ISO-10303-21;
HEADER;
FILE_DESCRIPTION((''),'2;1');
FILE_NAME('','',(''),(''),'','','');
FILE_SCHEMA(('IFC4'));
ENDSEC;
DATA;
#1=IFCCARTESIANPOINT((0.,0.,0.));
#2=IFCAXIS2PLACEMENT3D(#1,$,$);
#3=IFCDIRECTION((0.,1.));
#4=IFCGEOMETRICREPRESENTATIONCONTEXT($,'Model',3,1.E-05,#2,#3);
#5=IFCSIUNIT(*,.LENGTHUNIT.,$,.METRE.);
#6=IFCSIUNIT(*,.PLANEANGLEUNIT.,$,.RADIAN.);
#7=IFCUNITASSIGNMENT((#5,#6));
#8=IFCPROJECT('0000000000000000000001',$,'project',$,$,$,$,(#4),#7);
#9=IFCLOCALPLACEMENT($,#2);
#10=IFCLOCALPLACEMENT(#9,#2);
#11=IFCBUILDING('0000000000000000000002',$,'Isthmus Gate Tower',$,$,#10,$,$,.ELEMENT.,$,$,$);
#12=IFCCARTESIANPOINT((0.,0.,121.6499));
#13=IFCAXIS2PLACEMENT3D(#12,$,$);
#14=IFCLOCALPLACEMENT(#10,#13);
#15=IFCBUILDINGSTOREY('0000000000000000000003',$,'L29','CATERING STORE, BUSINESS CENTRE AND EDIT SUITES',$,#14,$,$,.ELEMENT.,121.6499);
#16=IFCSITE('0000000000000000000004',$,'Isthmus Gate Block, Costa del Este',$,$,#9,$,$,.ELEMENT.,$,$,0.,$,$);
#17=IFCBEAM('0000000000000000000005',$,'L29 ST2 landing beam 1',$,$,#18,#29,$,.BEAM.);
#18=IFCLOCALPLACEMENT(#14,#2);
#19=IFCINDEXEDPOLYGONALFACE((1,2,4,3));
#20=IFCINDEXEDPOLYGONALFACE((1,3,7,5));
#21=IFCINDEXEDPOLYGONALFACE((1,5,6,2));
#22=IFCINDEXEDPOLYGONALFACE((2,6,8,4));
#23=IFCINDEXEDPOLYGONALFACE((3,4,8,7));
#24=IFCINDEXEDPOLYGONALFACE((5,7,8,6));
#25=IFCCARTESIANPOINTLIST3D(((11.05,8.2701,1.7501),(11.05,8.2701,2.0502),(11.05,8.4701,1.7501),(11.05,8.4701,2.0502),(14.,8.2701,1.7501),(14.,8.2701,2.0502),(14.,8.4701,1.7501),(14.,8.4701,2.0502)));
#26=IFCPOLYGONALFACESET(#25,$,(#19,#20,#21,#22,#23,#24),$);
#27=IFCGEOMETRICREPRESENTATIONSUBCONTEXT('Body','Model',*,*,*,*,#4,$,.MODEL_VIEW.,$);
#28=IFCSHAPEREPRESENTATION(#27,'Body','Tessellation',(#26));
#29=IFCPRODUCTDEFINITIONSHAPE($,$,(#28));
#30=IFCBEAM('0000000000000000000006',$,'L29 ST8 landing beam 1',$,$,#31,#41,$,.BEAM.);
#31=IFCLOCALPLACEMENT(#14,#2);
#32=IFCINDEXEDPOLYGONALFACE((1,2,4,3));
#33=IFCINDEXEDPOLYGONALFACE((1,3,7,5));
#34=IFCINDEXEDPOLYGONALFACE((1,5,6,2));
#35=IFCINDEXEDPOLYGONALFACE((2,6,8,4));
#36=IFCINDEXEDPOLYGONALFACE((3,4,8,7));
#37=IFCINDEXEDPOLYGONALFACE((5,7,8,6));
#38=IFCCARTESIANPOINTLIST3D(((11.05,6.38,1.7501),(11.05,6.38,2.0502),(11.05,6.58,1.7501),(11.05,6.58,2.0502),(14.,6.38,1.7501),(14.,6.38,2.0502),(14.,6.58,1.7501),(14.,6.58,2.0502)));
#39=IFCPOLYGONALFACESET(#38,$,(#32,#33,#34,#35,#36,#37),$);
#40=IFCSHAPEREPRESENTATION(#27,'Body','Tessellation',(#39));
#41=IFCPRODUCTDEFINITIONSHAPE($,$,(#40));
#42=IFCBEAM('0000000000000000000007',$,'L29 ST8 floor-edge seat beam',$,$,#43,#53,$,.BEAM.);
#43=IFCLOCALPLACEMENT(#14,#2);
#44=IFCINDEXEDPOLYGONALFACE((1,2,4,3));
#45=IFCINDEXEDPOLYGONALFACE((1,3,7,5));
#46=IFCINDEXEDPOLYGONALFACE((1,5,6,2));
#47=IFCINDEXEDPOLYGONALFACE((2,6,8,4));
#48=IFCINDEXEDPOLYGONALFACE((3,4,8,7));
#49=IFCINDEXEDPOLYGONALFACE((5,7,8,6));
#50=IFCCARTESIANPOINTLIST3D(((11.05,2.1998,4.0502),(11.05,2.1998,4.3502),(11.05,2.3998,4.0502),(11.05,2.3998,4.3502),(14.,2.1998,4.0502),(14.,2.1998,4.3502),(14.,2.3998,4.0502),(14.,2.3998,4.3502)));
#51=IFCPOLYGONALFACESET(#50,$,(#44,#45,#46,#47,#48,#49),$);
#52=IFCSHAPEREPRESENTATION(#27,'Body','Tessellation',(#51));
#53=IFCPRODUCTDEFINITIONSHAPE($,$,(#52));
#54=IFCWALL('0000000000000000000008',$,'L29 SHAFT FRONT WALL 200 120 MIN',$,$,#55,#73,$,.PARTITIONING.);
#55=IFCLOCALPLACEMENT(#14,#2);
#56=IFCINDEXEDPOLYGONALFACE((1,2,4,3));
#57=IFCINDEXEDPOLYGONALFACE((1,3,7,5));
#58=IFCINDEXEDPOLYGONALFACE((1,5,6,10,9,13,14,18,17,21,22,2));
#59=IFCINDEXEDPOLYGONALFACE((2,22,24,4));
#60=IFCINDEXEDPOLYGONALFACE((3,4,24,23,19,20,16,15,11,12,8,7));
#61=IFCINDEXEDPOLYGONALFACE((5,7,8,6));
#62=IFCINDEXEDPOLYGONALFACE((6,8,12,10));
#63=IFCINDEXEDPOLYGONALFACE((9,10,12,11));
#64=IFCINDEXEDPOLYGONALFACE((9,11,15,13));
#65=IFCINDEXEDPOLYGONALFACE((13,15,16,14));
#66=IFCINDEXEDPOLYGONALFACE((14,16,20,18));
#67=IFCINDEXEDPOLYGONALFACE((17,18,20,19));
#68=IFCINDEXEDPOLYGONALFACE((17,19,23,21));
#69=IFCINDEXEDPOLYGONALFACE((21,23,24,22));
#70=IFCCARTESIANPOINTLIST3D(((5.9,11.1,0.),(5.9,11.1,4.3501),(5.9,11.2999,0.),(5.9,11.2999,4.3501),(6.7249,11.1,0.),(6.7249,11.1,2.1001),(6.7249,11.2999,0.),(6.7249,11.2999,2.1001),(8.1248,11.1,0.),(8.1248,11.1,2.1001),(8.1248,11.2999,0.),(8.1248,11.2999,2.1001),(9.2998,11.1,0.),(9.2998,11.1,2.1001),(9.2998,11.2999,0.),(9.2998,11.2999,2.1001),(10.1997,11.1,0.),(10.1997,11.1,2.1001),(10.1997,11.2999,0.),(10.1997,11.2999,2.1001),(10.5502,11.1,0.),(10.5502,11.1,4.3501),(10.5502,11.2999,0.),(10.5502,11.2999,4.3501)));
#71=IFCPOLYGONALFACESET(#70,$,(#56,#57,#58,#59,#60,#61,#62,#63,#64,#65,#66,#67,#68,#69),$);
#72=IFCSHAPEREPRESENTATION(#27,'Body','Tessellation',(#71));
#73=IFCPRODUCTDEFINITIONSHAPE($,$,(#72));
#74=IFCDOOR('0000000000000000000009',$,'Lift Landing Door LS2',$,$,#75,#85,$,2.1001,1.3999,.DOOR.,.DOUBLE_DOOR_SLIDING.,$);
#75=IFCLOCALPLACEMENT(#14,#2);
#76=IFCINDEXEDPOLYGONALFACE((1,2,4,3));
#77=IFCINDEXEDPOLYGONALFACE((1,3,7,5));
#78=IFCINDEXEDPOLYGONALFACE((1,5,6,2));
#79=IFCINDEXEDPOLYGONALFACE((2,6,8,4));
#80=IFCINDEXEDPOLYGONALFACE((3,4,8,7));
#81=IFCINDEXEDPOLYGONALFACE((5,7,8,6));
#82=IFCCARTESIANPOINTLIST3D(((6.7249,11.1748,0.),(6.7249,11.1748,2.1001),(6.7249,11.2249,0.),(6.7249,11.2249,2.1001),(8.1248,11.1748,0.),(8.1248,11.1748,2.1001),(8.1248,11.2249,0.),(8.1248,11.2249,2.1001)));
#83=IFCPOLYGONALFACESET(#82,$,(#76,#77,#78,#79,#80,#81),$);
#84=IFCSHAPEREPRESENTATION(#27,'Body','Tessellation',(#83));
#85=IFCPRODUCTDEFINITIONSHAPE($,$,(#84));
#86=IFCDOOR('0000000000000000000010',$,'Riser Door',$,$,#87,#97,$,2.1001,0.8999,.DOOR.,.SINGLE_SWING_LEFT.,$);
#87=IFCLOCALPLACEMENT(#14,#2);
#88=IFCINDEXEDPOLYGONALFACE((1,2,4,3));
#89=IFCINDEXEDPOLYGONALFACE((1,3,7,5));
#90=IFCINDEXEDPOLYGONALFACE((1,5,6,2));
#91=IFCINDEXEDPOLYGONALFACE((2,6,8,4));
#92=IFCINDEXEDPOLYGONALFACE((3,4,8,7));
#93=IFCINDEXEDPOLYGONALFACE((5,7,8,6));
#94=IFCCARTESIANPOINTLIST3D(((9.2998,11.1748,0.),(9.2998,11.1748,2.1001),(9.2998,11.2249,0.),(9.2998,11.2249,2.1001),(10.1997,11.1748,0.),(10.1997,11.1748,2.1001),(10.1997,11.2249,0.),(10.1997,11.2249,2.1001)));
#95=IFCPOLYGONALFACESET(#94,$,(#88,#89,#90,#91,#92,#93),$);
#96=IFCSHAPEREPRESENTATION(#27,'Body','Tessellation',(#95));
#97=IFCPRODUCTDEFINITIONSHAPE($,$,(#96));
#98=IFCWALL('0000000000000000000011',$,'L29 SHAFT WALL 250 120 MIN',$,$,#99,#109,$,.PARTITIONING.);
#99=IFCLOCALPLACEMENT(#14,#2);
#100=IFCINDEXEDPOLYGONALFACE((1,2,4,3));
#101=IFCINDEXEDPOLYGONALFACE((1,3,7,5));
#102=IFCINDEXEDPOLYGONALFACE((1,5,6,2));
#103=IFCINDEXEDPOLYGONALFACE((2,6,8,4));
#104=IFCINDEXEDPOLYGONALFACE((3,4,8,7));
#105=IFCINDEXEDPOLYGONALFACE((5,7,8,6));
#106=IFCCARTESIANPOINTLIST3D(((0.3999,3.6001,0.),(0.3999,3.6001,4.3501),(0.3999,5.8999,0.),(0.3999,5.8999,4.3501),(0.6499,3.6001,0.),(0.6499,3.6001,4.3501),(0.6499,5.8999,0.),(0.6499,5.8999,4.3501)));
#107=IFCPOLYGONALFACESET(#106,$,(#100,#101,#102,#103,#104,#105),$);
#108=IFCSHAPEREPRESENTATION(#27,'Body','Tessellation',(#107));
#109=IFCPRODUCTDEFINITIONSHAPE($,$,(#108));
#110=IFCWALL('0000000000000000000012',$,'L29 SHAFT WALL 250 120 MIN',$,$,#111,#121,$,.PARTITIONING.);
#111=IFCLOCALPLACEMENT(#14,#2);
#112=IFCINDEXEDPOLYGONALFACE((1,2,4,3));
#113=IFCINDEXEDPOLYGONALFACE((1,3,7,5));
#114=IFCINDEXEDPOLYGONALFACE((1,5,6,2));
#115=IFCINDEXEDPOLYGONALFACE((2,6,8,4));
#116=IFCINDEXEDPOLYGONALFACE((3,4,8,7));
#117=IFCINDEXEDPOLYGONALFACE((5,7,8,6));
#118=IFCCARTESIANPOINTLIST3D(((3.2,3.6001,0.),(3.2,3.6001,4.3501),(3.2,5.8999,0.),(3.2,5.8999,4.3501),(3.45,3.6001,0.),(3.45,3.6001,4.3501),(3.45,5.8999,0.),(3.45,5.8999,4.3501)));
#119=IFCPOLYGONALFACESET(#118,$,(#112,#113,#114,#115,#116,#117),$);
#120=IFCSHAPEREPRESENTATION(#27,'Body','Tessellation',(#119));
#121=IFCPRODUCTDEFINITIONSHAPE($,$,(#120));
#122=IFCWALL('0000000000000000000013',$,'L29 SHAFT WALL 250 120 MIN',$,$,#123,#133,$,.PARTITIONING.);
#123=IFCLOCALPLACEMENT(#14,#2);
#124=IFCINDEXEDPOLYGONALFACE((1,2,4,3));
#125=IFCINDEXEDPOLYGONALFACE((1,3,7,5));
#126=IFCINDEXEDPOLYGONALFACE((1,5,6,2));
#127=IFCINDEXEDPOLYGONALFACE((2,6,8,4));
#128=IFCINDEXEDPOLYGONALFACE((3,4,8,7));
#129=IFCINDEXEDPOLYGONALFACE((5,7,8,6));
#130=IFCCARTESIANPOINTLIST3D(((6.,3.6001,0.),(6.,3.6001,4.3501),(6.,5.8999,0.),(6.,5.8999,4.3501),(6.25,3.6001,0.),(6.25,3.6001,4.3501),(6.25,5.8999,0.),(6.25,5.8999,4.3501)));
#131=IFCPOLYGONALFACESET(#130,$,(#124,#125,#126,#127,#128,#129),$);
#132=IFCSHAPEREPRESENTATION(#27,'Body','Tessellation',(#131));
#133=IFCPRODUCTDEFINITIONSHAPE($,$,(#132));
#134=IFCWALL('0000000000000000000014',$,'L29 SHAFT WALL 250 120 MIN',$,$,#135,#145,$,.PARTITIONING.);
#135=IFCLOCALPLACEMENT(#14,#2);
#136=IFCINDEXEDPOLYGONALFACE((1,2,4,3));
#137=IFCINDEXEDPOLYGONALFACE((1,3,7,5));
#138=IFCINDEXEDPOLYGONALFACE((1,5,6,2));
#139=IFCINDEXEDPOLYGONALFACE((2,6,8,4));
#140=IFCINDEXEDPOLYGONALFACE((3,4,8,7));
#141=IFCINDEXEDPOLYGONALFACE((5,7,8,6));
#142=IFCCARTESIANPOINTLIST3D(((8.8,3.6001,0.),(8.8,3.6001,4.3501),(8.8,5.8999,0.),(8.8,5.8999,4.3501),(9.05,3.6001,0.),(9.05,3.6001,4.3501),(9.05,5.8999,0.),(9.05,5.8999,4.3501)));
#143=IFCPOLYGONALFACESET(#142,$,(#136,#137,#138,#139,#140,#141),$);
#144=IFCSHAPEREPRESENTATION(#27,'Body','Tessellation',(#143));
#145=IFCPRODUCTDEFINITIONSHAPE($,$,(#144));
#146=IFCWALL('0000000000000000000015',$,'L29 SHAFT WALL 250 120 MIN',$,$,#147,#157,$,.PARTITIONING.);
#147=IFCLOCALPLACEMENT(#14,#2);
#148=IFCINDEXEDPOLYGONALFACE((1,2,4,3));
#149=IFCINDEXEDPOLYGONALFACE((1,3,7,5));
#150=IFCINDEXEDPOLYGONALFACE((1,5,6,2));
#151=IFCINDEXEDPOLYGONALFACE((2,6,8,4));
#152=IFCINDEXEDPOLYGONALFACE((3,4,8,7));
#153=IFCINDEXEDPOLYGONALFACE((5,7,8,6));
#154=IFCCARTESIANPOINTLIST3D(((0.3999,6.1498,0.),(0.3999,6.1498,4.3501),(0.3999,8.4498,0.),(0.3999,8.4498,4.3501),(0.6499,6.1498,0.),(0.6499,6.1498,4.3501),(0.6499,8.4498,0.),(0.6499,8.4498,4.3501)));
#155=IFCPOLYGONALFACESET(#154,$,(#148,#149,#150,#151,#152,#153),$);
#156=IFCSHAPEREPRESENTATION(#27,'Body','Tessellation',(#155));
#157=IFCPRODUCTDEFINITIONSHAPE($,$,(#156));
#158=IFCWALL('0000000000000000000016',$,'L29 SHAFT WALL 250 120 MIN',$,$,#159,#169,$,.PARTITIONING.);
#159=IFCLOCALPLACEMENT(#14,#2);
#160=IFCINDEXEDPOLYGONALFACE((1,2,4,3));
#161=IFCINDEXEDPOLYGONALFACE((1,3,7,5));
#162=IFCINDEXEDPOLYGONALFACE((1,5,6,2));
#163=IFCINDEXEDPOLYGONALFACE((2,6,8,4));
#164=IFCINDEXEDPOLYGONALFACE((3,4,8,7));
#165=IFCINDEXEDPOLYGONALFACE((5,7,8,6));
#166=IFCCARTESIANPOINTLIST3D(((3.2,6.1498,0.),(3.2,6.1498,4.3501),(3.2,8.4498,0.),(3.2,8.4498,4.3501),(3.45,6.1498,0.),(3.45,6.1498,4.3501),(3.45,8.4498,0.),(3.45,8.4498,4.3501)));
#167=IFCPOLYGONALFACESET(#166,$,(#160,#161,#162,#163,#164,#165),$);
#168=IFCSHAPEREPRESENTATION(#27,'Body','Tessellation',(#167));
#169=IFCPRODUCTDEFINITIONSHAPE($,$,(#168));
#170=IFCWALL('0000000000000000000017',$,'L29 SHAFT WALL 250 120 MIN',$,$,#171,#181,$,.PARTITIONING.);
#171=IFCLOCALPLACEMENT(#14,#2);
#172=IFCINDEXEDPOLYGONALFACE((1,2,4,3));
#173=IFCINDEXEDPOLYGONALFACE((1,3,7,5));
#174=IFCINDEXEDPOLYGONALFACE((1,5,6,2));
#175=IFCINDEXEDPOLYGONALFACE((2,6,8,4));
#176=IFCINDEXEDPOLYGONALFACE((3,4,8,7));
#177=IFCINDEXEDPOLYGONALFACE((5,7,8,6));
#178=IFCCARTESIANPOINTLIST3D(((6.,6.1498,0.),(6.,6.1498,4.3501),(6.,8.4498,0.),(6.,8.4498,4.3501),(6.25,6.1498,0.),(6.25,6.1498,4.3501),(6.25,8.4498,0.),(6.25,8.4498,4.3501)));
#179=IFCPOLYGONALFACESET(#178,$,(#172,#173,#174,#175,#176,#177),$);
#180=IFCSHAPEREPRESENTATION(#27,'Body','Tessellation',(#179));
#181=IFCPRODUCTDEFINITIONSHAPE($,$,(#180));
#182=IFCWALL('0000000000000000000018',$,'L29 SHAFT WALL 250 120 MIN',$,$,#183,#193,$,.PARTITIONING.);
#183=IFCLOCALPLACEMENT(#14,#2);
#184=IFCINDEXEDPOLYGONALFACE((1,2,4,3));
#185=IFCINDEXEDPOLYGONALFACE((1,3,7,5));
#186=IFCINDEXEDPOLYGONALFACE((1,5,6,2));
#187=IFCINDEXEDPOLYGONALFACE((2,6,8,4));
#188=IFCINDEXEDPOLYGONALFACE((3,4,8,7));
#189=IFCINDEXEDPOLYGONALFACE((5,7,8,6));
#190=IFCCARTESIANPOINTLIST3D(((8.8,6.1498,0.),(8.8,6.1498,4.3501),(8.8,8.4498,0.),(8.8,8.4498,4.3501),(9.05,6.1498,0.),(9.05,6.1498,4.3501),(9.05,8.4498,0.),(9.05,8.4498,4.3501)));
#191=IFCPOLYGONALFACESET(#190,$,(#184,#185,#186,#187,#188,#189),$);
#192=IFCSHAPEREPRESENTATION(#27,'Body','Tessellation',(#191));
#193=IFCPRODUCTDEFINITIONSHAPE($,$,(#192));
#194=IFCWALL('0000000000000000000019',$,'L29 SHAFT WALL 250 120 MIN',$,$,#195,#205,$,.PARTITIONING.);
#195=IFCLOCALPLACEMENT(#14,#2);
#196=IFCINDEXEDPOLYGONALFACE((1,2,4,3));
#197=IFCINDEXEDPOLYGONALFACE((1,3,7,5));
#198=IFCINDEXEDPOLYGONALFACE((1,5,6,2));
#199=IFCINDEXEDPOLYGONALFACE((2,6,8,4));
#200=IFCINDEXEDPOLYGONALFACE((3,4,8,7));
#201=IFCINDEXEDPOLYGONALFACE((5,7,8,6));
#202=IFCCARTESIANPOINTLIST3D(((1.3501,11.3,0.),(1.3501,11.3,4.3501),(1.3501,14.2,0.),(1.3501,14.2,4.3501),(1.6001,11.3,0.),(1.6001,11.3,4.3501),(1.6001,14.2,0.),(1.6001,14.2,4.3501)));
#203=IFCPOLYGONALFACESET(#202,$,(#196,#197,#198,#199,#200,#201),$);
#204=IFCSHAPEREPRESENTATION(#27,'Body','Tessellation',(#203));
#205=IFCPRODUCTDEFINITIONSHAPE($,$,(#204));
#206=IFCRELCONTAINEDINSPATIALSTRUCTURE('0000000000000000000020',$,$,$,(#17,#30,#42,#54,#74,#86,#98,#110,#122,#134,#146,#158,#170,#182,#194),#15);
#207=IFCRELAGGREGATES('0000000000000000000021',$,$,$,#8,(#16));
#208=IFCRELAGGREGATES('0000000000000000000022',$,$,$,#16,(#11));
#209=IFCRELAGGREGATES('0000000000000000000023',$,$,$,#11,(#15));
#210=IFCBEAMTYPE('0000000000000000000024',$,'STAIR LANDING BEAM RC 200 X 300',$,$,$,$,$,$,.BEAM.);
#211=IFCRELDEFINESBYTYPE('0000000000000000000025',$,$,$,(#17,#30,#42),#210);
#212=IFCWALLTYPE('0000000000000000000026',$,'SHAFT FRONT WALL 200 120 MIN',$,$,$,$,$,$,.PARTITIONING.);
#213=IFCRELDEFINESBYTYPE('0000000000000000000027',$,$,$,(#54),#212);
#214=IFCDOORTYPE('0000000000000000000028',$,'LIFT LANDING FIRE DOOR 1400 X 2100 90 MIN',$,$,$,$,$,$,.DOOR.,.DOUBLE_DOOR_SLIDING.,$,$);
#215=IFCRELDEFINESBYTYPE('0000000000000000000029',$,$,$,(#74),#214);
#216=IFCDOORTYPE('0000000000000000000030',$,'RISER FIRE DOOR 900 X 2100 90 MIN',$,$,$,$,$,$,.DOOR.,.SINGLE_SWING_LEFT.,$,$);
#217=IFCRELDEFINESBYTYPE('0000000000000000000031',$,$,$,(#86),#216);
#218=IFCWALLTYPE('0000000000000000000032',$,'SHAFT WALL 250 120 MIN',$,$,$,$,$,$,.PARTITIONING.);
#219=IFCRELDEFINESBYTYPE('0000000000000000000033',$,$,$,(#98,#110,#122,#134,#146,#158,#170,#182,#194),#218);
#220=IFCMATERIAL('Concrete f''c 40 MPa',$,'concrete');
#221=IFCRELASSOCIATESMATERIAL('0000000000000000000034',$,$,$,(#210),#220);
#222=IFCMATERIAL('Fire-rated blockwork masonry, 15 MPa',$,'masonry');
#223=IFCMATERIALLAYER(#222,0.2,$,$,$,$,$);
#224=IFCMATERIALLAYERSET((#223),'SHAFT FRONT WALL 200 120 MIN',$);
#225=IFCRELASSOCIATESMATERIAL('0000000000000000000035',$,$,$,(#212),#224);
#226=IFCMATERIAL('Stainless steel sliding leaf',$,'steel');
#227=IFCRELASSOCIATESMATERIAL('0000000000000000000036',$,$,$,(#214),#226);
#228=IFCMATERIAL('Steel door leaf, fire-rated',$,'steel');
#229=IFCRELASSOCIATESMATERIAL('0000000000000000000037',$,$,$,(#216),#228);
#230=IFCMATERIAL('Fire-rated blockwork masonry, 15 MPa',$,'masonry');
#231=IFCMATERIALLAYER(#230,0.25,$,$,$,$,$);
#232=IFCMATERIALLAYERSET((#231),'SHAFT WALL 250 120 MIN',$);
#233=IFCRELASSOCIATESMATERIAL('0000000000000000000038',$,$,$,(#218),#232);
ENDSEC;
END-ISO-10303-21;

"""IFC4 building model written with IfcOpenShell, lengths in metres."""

from ifc_helpers import new_model, si_unit, direction, frame, frame_2d, origin, origin_2d, place, context, subcontext, project, spatial, rectangle, extrude, material, layer, layer_set, material_profile, profile_set, type_object, element, fill, save


model = new_model("IFC4")

# Units and contexts
model_context = context("Model", 3, precision=1e-05, world=origin(), true_north=direction((0.0, 1.0)))
body_context = subcontext(model_context, "Body", "Model", "MODEL_VIEW")
ifc_project = project(units=[si_unit("LENGTHUNIT", "METRE"), si_unit("PLANEANGLEUNIT", "RADIAN")], contexts=[model_context])

# Site, building, storey
site_placement = place(None, origin())
site = spatial("IfcSite", under=ifc_project, at=site_placement, Name="Isthmus Gate Block, Costa del Este", CompositionType="ELEMENT", RefElevation=0.0)
building_placement = place(site_placement, origin())
building = spatial("IfcBuilding", under=site, at=building_placement, Name="Isthmus Gate Tower", CompositionType="ELEMENT")
storey_placement = place(building_placement, frame((0.0, 0.0, 121.6499)))
storey = spatial("IfcBuildingStorey", under=building, at=storey_placement, Name="L29", Description="CATERING STORE, BUSINESS CENTRE AND EDIT SUITES", CompositionType="ELEMENT", Elevation=121.6499)

# Beams
ifc_material_1 = material(Name="Concrete f'c 40 MPa", Category="concrete")
ifc_material_profile = material_profile(ifc_material_1, rectangle(XDim=0.2, YDim=0.3, at=origin_2d()), Name="STAIR LANDING BEAM RC 200 X 300")
ifc_profile_set = profile_set([ifc_material_profile], Name="Concrete f'c 40 MPa")
beam_type = type_object("IfcBeamType", Name="STAIR LANDING BEAM RC 200 X 300", PredefinedType="BEAM", material=ifc_profile_set)
for number, where, z_axis, x_axis, name in (
    (1, (11.05, 8.3701, 1.9001), (1.0, 0.0, 0.0), (0.0, 1.0, 0.0), "L29 ST2 landing beam 1"),
    (2, (11.05, 6.48, 1.9001), (1.0, 0.0, 0.0), (0.0, 1.0, 0.0), "L29 ST8 landing beam 1"),
    (3, (11.05, 2.2998, 4.2002), (1.0, 0.0, 0.0), (0.0, 1.0, 0.0), "L29 ST8 floor-edge seat beam"),
):
    element("IfcBeam", number, at=place(storey_placement, frame(where, z_axis=z_axis, x_axis=x_axis)), inside=storey, type_object=beam_type, Name=name, PredefinedType="BEAM", context=body_context, shape_type="SweptSolid", body=[
        extrude(rectangle(XDim=0.2, YDim=0.3, at=origin_2d()), origin(), (0.0, 0.0, 1.0), 2.95),
    ])

# Wall, openings, doors
ifc_material_2 = material(Name="Fire-rated blockwork masonry, 15 MPa", Category="masonry")
ifc_layer_1 = layer(ifc_material_2, 0.2)
ifc_layer_set_1 = layer_set([ifc_layer_1], Name="SHAFT FRONT WALL 200 120 MIN")
wall_type_1 = type_object("IfcWallType", Name="SHAFT FRONT WALL 200 120 MIN", PredefinedType="PARTITIONING", material=ifc_layer_set_1)
wall_1_placement = place(storey_placement, frame((5.8999, 11.2, 0.0), z_axis=(0.0, 0.0, 1.0), x_axis=(1.0, 0.0, 0.0)))
wall_1 = element("IfcWall", 4, at=wall_1_placement, inside=storey, type_object=wall_type_1, Name="L29 SHAFT FRONT WALL 200 120 MIN", PredefinedType="PARTITIONING", context=body_context, shape_type="SweptSolid", body=[
    extrude(rectangle(XDim=4.6501, YDim=0.2, at=frame_2d((2.3252, 0.0))), origin(), (0.0, 0.0, 1.0), 4.3501),
])
opening_1_placement = place(wall_1_placement, frame((0.825, 0.0, 0.0)))
opening_1 = element("IfcOpeningElement", 5, at=opening_1_placement, cuts=wall_1, PredefinedType="OPENING", context=body_context, shape_type="SweptSolid", body=[
    extrude(rectangle(XDim=1.3999, YDim=2.1001, at=frame_2d((0.7, 1.05))), frame((0.0, 0.1099, 0.0), z_axis=(0.0, -1.0, 0.0), x_axis=(1.0, 0.0, 0.0)), (0.0, 0.0, 1.0), 0.22),
])
opening_2_placement = place(wall_1_placement, frame((3.3999, 0.0, 0.0)))
opening_2 = element("IfcOpeningElement", 6, at=opening_2_placement, cuts=wall_1, PredefinedType="OPENING", context=body_context, shape_type="SweptSolid", body=[
    extrude(rectangle(XDim=0.8999, YDim=2.1001, at=frame_2d((0.45, 1.05))), frame((0.0, 0.1099, 0.0), z_axis=(0.0, -1.0, 0.0), x_axis=(1.0, 0.0, 0.0)), (0.0, 0.0, 1.0), 0.22),
])
ifc_material_3 = material(Name="Stainless steel sliding leaf", Category="steel")
door_type_1 = type_object("IfcDoorType", Name="LIFT LANDING FIRE DOOR 1400 X 2100 90 MIN", OperationType="DOUBLE_DOOR_SLIDING", PredefinedType="DOOR", material=ifc_material_3)
door_1_placement = place(opening_1_placement, origin())
door_1 = element("IfcDoor", 7, at=door_1_placement, inside=storey, type_object=door_type_1, Name="Lift Landing Door LS2", OperationType="DOUBLE_DOOR_SLIDING", OverallHeight=2.1001, OverallWidth=1.3999, PredefinedType="DOOR", context=body_context, shape_type="SweptSolid", body=[
    extrude(rectangle(XDim=1.3999, YDim=2.1001, at=frame_2d((0.7, 1.05))), frame((0.0, 0.0249, 0.0), z_axis=(0.0, -1.0, 0.0), x_axis=(1.0, 0.0, 0.0)), (0.0, 0.0, 1.0), 0.05),
])
fill(opening_1, door_1)
ifc_material_4 = material(Name="Steel door leaf, fire-rated", Category="steel")
door_type_2 = type_object("IfcDoorType", Name="RISER FIRE DOOR 900 X 2100 90 MIN", OperationType="SINGLE_SWING_LEFT", PredefinedType="DOOR", material=ifc_material_4)
door_2_placement = place(opening_2_placement, origin())
door_2 = element("IfcDoor", 8, at=door_2_placement, inside=storey, type_object=door_type_2, Name="Riser Door", OperationType="SINGLE_SWING_LEFT", OverallHeight=2.1001, OverallWidth=0.8999, PredefinedType="DOOR", context=body_context, shape_type="SweptSolid", body=[
    extrude(rectangle(XDim=0.8999, YDim=2.1001, at=frame_2d((0.45, 1.05))), frame((0.0, 0.0249, 0.0), z_axis=(0.0, -1.0, 0.0), x_axis=(1.0, 0.0, 0.0)), (0.0, 0.0, 1.0), 0.05),
])
fill(opening_2, door_2)

# Walls
ifc_material_5 = material(Name="Fire-rated blockwork masonry, 15 MPa", Category="masonry")
ifc_layer_2 = layer(ifc_material_5, 0.25)
ifc_layer_set_2 = layer_set([ifc_layer_2], Name="SHAFT WALL 250 120 MIN")
wall_type_2 = type_object("IfcWallType", Name="SHAFT WALL 250 120 MIN", PredefinedType="PARTITIONING", material=ifc_layer_set_2)
for number, where, z_axis, x_axis, name in (
    (9, (0.5249, 3.6001, 0.0), (0.0, 0.0, 1.0), (0.0, 1.0, 0.0), "L29 SHAFT WALL 250 120 MIN"),
    (10, (3.325, 3.6001, 0.0), (0.0, 0.0, 1.0), (0.0, 1.0, 0.0), "L29 SHAFT WALL 250 120 MIN"),
    (11, (6.125, 3.6001, 0.0), (0.0, 0.0, 1.0), (0.0, 1.0, 0.0), "L29 SHAFT WALL 250 120 MIN"),
    (12, (8.925, 3.6001, 0.0), (0.0, 0.0, 1.0), (0.0, 1.0, 0.0), "L29 SHAFT WALL 250 120 MIN"),
):
    element("IfcWall", number, at=place(storey_placement, frame(where, z_axis=z_axis, x_axis=x_axis)), inside=storey, type_object=wall_type_2, Name=name, PredefinedType="PARTITIONING", context=body_context, shape_type="SweptSolid", body=[
        extrude(rectangle(XDim=2.2998, YDim=0.25, at=frame_2d((1.1499, 0.0))), origin(), (0.0, 0.0, 1.0), 4.3501),
    ])
for number, where, z_axis, x_axis, name in (
    (13, (0.5249, 6.1499, 0.0), (0.0, 0.0, 1.0), (0.0, 1.0, 0.0), "L29 SHAFT WALL 250 120 MIN"),
    (14, (3.325, 6.1499, 0.0), (0.0, 0.0, 1.0), (0.0, 1.0, 0.0), "L29 SHAFT WALL 250 120 MIN"),
    (15, (6.125, 6.1499, 0.0), (0.0, 0.0, 1.0), (0.0, 1.0, 0.0), "L29 SHAFT WALL 250 120 MIN"),
    (16, (8.925, 6.1499, 0.0), (0.0, 0.0, 1.0), (0.0, 1.0, 0.0), "L29 SHAFT WALL 250 120 MIN"),
):
    element("IfcWall", number, at=place(storey_placement, frame(where, z_axis=z_axis, x_axis=x_axis)), inside=storey, type_object=wall_type_2, Name=name, PredefinedType="PARTITIONING", context=body_context, shape_type="SweptSolid", body=[
        extrude(rectangle(XDim=2.3, YDim=0.25, at=frame_2d((1.1499, 0.0))), origin(), (0.0, 0.0, 1.0), 4.3501),
    ])
wall_2_placement = place(storey_placement, frame((1.4751, 11.3, 0.0), z_axis=(0.0, 0.0, 1.0), x_axis=(0.0, 1.0, 0.0)))
element("IfcWall", 17, at=wall_2_placement, inside=storey, type_object=wall_type_2, Name="L29 SHAFT WALL 250 120 MIN", PredefinedType="PARTITIONING", context=body_context, shape_type="SweptSolid", body=[
    extrude(rectangle(XDim=2.8999, YDim=0.25, at=frame_2d((1.45, 0.0))), origin(), (0.0, 0.0, 1.0), 4.3501),
])

save(model, "model.ifc")
